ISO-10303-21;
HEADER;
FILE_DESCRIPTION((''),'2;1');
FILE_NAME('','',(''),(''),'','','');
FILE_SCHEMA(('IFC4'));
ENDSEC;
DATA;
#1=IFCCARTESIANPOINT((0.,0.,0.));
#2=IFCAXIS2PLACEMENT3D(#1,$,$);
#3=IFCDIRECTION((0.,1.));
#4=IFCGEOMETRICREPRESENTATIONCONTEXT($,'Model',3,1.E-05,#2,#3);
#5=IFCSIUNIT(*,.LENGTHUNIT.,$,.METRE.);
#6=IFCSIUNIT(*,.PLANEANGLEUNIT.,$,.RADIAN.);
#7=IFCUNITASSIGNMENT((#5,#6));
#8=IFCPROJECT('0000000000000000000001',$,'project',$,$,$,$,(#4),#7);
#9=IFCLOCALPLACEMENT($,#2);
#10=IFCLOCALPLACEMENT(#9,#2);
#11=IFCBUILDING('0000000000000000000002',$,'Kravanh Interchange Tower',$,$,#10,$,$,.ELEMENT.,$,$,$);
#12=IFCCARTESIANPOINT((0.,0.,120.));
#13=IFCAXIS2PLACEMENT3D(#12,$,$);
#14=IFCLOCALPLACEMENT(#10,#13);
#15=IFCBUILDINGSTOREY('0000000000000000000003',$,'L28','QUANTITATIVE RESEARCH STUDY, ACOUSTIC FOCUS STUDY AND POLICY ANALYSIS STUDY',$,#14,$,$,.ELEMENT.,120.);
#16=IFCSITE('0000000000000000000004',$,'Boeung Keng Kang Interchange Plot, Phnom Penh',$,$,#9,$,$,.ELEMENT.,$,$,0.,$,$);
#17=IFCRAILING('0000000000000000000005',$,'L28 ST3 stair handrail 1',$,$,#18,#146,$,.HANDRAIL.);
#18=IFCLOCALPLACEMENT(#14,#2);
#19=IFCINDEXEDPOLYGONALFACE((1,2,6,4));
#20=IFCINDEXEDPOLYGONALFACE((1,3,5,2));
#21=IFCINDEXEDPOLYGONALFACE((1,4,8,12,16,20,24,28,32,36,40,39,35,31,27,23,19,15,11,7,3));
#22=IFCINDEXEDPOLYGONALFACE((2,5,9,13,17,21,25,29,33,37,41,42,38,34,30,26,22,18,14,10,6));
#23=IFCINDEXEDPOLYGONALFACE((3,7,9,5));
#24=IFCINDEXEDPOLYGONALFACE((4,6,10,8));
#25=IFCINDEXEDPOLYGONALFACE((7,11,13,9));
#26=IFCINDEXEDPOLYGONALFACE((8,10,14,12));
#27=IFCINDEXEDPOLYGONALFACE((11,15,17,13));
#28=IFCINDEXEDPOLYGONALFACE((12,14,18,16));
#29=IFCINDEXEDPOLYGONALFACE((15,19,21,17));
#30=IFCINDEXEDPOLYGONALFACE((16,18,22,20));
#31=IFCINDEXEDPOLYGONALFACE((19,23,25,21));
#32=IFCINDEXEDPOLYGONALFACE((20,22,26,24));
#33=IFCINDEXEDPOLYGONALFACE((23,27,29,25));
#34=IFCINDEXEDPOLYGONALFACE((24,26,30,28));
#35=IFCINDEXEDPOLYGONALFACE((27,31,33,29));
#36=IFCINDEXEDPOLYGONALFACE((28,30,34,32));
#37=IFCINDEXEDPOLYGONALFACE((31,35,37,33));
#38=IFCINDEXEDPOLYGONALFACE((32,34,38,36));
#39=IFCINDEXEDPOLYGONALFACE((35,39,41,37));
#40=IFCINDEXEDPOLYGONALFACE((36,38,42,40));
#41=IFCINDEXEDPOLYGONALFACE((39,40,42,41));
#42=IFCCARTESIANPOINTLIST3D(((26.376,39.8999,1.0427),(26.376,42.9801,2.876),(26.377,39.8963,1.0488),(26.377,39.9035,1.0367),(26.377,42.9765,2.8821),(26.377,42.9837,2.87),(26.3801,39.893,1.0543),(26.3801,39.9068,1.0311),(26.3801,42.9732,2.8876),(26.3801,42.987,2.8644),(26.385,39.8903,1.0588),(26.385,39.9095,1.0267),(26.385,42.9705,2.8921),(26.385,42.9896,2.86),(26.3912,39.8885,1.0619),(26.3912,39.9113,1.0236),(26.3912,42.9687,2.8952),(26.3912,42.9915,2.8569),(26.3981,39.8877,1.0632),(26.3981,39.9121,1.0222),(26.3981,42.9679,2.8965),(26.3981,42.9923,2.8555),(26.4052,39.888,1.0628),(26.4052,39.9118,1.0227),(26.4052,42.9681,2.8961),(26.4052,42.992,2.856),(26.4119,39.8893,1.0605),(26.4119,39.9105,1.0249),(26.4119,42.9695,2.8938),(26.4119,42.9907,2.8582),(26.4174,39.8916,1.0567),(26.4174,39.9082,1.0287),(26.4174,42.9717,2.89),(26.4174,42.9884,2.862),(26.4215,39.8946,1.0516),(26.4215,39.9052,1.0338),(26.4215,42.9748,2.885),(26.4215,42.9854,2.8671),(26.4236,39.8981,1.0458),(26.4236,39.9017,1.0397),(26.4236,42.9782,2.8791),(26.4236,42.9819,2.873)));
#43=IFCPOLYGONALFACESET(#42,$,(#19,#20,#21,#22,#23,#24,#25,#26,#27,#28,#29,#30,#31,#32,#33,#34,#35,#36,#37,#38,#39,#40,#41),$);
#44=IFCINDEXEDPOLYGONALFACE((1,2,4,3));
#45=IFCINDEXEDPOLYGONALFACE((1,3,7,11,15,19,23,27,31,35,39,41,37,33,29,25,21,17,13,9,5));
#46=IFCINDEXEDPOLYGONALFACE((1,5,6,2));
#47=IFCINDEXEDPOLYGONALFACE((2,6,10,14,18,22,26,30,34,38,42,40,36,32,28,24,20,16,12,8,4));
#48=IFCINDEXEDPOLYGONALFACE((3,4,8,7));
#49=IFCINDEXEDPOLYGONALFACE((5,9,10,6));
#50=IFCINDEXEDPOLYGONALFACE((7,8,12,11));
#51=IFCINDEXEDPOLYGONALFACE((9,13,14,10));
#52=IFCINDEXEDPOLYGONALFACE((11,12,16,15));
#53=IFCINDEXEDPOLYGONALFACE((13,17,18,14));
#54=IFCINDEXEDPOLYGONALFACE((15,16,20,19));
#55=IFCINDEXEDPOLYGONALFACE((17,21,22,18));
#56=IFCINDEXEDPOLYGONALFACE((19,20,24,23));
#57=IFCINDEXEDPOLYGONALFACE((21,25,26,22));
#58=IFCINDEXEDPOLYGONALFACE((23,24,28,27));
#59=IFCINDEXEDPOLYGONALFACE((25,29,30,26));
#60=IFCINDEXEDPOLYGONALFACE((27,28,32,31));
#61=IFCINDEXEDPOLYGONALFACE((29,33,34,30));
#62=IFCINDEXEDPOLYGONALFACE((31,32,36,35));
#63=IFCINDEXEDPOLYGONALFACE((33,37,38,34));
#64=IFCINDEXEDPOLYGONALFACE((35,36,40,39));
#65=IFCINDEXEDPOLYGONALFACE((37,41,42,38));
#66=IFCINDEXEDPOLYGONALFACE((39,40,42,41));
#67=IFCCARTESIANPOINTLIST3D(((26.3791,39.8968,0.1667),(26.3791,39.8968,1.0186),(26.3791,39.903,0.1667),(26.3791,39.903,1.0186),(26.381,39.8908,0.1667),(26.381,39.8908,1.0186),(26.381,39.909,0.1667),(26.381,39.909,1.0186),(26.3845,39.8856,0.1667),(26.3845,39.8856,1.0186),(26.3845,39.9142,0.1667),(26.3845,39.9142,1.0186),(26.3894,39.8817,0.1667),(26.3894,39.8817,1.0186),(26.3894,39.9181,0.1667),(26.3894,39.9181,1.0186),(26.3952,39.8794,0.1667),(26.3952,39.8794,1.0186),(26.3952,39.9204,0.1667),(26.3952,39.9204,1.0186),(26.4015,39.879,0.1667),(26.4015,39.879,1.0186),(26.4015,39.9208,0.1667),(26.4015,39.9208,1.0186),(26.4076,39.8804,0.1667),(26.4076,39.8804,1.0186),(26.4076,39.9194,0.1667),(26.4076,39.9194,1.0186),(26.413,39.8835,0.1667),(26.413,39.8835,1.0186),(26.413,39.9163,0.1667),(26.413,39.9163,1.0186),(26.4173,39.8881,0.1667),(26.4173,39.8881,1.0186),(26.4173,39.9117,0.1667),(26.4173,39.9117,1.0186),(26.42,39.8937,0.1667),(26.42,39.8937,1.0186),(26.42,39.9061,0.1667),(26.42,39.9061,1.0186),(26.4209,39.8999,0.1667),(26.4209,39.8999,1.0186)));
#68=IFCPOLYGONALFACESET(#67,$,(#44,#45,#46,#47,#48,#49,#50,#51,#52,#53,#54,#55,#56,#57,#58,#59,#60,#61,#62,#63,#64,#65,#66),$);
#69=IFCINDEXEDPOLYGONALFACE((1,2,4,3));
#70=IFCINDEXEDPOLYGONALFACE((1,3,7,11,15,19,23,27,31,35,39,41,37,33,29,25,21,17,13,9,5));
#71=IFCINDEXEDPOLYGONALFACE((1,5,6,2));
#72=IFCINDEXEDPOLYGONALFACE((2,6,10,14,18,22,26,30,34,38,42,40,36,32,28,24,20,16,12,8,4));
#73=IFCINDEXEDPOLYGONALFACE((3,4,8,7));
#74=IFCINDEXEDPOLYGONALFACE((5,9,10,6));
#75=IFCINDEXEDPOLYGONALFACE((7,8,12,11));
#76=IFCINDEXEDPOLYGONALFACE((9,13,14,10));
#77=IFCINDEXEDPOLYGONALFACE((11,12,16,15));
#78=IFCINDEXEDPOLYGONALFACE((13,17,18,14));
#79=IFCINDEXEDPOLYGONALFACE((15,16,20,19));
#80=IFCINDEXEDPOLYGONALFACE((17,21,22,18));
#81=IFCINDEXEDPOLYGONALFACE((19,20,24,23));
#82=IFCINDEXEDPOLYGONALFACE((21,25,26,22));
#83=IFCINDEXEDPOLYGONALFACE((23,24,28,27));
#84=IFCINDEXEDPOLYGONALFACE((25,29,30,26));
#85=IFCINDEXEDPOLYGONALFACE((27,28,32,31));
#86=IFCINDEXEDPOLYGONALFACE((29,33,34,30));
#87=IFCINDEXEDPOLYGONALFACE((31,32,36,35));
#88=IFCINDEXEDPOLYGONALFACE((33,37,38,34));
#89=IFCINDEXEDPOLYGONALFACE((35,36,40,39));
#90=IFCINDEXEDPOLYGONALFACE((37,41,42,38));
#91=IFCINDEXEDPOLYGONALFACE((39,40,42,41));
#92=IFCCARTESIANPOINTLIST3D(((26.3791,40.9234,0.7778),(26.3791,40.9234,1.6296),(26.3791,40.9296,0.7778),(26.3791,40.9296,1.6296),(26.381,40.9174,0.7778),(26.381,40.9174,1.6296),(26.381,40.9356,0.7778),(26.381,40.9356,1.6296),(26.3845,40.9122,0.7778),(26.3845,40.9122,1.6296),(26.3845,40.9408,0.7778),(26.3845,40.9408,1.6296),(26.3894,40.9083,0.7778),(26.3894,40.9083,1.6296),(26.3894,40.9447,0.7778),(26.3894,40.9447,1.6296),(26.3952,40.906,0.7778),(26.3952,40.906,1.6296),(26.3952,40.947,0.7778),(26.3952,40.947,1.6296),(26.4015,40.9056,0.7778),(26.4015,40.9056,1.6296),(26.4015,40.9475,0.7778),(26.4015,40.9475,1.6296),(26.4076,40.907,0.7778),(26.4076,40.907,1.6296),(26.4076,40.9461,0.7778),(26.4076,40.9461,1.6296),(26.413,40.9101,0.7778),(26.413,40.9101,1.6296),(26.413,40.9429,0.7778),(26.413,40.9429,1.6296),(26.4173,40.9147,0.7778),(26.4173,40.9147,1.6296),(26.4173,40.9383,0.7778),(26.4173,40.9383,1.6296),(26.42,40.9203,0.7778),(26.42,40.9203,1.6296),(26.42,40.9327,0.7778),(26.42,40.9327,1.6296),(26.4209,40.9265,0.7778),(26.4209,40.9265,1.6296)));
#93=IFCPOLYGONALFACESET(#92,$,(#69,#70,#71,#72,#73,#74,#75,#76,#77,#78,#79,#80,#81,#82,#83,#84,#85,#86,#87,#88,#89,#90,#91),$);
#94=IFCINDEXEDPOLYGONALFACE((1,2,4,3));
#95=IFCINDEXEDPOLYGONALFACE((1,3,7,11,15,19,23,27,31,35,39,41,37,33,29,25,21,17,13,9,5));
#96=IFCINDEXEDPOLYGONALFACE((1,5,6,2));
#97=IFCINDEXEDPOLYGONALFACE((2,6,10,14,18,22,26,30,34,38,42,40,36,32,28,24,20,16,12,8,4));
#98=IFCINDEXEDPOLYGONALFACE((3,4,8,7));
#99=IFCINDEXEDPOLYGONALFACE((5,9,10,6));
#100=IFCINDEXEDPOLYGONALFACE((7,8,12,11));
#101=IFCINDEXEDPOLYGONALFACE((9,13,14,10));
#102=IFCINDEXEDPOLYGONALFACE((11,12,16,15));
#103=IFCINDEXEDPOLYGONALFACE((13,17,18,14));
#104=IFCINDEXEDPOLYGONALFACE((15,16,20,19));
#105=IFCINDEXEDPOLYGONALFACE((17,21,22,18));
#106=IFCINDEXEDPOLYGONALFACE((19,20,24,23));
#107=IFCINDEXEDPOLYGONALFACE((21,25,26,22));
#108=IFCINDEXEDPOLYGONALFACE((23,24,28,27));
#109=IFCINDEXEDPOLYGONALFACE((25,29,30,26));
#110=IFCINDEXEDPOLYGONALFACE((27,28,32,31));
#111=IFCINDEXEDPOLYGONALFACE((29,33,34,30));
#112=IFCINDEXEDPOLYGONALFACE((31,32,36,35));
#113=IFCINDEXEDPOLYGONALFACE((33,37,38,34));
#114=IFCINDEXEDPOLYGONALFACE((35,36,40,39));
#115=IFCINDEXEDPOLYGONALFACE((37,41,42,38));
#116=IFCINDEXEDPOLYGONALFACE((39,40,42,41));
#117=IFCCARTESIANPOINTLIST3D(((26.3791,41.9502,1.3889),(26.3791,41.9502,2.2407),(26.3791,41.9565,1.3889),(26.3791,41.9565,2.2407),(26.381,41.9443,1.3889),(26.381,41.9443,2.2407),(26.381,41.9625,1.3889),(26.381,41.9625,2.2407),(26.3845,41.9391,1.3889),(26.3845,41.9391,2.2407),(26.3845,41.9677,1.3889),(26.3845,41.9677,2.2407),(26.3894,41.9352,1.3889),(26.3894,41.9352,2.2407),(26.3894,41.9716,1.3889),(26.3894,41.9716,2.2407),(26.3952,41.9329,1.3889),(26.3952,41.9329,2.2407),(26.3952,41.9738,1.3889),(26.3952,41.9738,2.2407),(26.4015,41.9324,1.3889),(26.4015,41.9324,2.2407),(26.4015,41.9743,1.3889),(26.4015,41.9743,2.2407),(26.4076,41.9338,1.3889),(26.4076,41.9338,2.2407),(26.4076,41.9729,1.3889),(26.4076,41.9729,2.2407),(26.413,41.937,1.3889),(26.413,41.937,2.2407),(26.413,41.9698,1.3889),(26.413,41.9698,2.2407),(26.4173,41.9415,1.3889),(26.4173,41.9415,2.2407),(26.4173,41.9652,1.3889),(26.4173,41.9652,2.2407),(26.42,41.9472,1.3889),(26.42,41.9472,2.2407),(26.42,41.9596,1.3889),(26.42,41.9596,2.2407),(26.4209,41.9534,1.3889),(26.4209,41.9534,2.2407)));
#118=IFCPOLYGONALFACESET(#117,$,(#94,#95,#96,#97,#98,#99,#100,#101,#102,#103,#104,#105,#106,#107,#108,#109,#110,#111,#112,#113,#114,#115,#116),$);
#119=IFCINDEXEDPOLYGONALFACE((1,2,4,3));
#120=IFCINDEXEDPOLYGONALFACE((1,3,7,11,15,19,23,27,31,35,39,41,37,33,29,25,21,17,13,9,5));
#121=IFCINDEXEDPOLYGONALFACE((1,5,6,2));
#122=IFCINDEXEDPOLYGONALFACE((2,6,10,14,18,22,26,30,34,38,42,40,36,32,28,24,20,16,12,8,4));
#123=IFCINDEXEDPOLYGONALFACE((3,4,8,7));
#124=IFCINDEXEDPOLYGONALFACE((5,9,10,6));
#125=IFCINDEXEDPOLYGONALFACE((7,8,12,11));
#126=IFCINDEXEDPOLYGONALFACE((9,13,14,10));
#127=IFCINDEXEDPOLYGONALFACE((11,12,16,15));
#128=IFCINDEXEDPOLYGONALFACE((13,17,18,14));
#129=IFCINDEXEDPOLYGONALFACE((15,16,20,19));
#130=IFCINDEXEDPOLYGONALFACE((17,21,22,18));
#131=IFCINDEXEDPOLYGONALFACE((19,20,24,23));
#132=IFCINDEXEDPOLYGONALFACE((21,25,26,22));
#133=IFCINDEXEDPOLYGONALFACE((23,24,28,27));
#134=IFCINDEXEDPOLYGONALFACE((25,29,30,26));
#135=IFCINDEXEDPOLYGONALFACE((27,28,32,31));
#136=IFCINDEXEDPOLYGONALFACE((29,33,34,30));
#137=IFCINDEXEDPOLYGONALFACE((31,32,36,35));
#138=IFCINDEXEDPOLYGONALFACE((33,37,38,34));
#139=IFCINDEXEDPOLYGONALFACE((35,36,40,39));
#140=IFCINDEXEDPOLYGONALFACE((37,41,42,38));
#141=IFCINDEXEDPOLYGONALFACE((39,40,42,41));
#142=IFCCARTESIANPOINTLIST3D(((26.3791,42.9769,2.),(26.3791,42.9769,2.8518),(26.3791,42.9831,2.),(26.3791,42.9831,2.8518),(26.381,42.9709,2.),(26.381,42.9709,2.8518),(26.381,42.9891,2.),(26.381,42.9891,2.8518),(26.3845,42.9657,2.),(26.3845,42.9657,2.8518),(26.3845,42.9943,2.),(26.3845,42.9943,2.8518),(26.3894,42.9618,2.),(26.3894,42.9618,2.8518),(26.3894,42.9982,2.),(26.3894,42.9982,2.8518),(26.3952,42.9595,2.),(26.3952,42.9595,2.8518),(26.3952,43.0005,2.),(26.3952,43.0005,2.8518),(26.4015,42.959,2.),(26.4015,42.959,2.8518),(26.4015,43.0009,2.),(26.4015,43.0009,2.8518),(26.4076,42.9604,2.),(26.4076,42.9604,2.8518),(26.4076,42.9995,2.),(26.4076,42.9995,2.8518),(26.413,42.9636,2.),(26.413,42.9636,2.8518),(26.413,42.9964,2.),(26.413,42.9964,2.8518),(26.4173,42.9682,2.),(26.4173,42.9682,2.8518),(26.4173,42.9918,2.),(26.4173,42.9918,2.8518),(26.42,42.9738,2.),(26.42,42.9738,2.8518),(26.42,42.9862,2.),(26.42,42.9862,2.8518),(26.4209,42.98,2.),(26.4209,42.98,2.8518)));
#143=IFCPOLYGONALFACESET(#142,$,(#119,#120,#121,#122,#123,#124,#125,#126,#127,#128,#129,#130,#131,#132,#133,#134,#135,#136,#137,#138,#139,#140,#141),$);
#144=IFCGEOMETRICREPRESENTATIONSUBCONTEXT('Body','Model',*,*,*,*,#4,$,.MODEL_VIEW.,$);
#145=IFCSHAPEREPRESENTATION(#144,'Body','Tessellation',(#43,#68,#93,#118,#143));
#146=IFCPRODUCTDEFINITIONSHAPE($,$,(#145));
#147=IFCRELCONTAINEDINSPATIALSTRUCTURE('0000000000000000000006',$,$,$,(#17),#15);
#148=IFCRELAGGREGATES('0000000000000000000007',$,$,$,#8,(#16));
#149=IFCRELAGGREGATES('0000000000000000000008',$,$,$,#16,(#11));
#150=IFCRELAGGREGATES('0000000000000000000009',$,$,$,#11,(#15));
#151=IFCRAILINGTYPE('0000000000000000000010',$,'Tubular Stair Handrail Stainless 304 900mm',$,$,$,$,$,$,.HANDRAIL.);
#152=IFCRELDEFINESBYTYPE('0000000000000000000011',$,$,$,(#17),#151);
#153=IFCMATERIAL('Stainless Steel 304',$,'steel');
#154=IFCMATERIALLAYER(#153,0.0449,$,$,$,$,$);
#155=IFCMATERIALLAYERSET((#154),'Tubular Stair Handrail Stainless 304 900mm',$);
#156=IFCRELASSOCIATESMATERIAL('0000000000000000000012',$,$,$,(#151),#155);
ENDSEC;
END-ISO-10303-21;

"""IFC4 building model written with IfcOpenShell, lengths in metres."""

from ifc_helpers import new_model, si_unit, direction, frame, origin, origin_2d, place, context, subcontext, project, spatial, circle, extrude, material, layer, layer_set, type_object, element, save


model = new_model("IFC4")

# Units and contexts
model_context = context("Model", 3, precision=1e-05, world=origin(), true_north=direction((0.0, 1.0)))
body_context = subcontext(model_context, "Body", "Model", "MODEL_VIEW")
ifc_project = project(units=[si_unit("LENGTHUNIT", "METRE"), si_unit("PLANEANGLEUNIT", "RADIAN")], contexts=[model_context])

# Site, building, storey
site_placement = place(None, origin())
site = spatial("IfcSite", under=ifc_project, at=site_placement, Name="Boeung Keng Kang Interchange Plot, Phnom Penh", CompositionType="ELEMENT", RefElevation=0.0)
building_placement = place(site_placement, origin())
building = spatial("IfcBuilding", under=site, at=building_placement, Name="Kravanh Interchange Tower", CompositionType="ELEMENT")
storey_placement = place(building_placement, frame((0.0, 0.0, 120.0)))
storey = spatial("IfcBuildingStorey", under=building, at=storey_placement, Name="L28", Description="QUANTITATIVE RESEARCH STUDY, ACOUSTIC FOCUS STUDY AND POLICY ANALYSIS STUDY", CompositionType="ELEMENT", Elevation=120.0)

# Railing
ifc_material_1 = material(Name="Stainless Steel 304", Category="steel")
ifc_layer_1 = layer(ifc_material_1, 0.0449)
ifc_layer_set_1 = layer_set([ifc_layer_1], Name="Tubular Stair Handrail Stainless 304 900mm")
railing_type_1 = type_object("IfcRailingType", Name="Tubular Stair Handrail Stainless 304 900mm", PredefinedType="HANDRAIL", material=ifc_layer_set_1)
railing_1_placement = place(storey_placement, frame((26.3999, 39.8999, 0.1667)))
element("IfcRailing", 1, at=railing_1_placement, inside=storey, type_object=railing_type_1, Name="L28 ST3 stair handrail 1", PredefinedType="HANDRAIL", context=body_context, shape_type="SweptSolid", body=[
    extrude(circle(Radius=0.0239, at=origin_2d()), frame((0.0, 0.0, 0.876), z_axis=(0.0, 0.859309, 0.511458), x_axis=(-1.0, 0.0, 0.0)), (0.0, 0.0, 1.0), 3.5845),
    extrude(circle(Radius=0.021, at=origin_2d()), origin(), (0.0, 0.0, 1.0), 0.8518),
    extrude(circle(Radius=0.021, at=origin_2d()), frame((0.0, 1.0266, 0.6111)), (0.0, 0.0, 1.0), 0.8518),
    extrude(circle(Radius=0.021, at=origin_2d()), frame((0.0, 2.0535, 1.2222)), (0.0, 0.0, 1.0), 0.8518),
    extrude(circle(Radius=0.021, at=origin_2d()), frame((0.0, 3.0801, 1.8333)), (0.0, 0.0, 1.0), 0.8518),
])

save(model, "model.ifc")
